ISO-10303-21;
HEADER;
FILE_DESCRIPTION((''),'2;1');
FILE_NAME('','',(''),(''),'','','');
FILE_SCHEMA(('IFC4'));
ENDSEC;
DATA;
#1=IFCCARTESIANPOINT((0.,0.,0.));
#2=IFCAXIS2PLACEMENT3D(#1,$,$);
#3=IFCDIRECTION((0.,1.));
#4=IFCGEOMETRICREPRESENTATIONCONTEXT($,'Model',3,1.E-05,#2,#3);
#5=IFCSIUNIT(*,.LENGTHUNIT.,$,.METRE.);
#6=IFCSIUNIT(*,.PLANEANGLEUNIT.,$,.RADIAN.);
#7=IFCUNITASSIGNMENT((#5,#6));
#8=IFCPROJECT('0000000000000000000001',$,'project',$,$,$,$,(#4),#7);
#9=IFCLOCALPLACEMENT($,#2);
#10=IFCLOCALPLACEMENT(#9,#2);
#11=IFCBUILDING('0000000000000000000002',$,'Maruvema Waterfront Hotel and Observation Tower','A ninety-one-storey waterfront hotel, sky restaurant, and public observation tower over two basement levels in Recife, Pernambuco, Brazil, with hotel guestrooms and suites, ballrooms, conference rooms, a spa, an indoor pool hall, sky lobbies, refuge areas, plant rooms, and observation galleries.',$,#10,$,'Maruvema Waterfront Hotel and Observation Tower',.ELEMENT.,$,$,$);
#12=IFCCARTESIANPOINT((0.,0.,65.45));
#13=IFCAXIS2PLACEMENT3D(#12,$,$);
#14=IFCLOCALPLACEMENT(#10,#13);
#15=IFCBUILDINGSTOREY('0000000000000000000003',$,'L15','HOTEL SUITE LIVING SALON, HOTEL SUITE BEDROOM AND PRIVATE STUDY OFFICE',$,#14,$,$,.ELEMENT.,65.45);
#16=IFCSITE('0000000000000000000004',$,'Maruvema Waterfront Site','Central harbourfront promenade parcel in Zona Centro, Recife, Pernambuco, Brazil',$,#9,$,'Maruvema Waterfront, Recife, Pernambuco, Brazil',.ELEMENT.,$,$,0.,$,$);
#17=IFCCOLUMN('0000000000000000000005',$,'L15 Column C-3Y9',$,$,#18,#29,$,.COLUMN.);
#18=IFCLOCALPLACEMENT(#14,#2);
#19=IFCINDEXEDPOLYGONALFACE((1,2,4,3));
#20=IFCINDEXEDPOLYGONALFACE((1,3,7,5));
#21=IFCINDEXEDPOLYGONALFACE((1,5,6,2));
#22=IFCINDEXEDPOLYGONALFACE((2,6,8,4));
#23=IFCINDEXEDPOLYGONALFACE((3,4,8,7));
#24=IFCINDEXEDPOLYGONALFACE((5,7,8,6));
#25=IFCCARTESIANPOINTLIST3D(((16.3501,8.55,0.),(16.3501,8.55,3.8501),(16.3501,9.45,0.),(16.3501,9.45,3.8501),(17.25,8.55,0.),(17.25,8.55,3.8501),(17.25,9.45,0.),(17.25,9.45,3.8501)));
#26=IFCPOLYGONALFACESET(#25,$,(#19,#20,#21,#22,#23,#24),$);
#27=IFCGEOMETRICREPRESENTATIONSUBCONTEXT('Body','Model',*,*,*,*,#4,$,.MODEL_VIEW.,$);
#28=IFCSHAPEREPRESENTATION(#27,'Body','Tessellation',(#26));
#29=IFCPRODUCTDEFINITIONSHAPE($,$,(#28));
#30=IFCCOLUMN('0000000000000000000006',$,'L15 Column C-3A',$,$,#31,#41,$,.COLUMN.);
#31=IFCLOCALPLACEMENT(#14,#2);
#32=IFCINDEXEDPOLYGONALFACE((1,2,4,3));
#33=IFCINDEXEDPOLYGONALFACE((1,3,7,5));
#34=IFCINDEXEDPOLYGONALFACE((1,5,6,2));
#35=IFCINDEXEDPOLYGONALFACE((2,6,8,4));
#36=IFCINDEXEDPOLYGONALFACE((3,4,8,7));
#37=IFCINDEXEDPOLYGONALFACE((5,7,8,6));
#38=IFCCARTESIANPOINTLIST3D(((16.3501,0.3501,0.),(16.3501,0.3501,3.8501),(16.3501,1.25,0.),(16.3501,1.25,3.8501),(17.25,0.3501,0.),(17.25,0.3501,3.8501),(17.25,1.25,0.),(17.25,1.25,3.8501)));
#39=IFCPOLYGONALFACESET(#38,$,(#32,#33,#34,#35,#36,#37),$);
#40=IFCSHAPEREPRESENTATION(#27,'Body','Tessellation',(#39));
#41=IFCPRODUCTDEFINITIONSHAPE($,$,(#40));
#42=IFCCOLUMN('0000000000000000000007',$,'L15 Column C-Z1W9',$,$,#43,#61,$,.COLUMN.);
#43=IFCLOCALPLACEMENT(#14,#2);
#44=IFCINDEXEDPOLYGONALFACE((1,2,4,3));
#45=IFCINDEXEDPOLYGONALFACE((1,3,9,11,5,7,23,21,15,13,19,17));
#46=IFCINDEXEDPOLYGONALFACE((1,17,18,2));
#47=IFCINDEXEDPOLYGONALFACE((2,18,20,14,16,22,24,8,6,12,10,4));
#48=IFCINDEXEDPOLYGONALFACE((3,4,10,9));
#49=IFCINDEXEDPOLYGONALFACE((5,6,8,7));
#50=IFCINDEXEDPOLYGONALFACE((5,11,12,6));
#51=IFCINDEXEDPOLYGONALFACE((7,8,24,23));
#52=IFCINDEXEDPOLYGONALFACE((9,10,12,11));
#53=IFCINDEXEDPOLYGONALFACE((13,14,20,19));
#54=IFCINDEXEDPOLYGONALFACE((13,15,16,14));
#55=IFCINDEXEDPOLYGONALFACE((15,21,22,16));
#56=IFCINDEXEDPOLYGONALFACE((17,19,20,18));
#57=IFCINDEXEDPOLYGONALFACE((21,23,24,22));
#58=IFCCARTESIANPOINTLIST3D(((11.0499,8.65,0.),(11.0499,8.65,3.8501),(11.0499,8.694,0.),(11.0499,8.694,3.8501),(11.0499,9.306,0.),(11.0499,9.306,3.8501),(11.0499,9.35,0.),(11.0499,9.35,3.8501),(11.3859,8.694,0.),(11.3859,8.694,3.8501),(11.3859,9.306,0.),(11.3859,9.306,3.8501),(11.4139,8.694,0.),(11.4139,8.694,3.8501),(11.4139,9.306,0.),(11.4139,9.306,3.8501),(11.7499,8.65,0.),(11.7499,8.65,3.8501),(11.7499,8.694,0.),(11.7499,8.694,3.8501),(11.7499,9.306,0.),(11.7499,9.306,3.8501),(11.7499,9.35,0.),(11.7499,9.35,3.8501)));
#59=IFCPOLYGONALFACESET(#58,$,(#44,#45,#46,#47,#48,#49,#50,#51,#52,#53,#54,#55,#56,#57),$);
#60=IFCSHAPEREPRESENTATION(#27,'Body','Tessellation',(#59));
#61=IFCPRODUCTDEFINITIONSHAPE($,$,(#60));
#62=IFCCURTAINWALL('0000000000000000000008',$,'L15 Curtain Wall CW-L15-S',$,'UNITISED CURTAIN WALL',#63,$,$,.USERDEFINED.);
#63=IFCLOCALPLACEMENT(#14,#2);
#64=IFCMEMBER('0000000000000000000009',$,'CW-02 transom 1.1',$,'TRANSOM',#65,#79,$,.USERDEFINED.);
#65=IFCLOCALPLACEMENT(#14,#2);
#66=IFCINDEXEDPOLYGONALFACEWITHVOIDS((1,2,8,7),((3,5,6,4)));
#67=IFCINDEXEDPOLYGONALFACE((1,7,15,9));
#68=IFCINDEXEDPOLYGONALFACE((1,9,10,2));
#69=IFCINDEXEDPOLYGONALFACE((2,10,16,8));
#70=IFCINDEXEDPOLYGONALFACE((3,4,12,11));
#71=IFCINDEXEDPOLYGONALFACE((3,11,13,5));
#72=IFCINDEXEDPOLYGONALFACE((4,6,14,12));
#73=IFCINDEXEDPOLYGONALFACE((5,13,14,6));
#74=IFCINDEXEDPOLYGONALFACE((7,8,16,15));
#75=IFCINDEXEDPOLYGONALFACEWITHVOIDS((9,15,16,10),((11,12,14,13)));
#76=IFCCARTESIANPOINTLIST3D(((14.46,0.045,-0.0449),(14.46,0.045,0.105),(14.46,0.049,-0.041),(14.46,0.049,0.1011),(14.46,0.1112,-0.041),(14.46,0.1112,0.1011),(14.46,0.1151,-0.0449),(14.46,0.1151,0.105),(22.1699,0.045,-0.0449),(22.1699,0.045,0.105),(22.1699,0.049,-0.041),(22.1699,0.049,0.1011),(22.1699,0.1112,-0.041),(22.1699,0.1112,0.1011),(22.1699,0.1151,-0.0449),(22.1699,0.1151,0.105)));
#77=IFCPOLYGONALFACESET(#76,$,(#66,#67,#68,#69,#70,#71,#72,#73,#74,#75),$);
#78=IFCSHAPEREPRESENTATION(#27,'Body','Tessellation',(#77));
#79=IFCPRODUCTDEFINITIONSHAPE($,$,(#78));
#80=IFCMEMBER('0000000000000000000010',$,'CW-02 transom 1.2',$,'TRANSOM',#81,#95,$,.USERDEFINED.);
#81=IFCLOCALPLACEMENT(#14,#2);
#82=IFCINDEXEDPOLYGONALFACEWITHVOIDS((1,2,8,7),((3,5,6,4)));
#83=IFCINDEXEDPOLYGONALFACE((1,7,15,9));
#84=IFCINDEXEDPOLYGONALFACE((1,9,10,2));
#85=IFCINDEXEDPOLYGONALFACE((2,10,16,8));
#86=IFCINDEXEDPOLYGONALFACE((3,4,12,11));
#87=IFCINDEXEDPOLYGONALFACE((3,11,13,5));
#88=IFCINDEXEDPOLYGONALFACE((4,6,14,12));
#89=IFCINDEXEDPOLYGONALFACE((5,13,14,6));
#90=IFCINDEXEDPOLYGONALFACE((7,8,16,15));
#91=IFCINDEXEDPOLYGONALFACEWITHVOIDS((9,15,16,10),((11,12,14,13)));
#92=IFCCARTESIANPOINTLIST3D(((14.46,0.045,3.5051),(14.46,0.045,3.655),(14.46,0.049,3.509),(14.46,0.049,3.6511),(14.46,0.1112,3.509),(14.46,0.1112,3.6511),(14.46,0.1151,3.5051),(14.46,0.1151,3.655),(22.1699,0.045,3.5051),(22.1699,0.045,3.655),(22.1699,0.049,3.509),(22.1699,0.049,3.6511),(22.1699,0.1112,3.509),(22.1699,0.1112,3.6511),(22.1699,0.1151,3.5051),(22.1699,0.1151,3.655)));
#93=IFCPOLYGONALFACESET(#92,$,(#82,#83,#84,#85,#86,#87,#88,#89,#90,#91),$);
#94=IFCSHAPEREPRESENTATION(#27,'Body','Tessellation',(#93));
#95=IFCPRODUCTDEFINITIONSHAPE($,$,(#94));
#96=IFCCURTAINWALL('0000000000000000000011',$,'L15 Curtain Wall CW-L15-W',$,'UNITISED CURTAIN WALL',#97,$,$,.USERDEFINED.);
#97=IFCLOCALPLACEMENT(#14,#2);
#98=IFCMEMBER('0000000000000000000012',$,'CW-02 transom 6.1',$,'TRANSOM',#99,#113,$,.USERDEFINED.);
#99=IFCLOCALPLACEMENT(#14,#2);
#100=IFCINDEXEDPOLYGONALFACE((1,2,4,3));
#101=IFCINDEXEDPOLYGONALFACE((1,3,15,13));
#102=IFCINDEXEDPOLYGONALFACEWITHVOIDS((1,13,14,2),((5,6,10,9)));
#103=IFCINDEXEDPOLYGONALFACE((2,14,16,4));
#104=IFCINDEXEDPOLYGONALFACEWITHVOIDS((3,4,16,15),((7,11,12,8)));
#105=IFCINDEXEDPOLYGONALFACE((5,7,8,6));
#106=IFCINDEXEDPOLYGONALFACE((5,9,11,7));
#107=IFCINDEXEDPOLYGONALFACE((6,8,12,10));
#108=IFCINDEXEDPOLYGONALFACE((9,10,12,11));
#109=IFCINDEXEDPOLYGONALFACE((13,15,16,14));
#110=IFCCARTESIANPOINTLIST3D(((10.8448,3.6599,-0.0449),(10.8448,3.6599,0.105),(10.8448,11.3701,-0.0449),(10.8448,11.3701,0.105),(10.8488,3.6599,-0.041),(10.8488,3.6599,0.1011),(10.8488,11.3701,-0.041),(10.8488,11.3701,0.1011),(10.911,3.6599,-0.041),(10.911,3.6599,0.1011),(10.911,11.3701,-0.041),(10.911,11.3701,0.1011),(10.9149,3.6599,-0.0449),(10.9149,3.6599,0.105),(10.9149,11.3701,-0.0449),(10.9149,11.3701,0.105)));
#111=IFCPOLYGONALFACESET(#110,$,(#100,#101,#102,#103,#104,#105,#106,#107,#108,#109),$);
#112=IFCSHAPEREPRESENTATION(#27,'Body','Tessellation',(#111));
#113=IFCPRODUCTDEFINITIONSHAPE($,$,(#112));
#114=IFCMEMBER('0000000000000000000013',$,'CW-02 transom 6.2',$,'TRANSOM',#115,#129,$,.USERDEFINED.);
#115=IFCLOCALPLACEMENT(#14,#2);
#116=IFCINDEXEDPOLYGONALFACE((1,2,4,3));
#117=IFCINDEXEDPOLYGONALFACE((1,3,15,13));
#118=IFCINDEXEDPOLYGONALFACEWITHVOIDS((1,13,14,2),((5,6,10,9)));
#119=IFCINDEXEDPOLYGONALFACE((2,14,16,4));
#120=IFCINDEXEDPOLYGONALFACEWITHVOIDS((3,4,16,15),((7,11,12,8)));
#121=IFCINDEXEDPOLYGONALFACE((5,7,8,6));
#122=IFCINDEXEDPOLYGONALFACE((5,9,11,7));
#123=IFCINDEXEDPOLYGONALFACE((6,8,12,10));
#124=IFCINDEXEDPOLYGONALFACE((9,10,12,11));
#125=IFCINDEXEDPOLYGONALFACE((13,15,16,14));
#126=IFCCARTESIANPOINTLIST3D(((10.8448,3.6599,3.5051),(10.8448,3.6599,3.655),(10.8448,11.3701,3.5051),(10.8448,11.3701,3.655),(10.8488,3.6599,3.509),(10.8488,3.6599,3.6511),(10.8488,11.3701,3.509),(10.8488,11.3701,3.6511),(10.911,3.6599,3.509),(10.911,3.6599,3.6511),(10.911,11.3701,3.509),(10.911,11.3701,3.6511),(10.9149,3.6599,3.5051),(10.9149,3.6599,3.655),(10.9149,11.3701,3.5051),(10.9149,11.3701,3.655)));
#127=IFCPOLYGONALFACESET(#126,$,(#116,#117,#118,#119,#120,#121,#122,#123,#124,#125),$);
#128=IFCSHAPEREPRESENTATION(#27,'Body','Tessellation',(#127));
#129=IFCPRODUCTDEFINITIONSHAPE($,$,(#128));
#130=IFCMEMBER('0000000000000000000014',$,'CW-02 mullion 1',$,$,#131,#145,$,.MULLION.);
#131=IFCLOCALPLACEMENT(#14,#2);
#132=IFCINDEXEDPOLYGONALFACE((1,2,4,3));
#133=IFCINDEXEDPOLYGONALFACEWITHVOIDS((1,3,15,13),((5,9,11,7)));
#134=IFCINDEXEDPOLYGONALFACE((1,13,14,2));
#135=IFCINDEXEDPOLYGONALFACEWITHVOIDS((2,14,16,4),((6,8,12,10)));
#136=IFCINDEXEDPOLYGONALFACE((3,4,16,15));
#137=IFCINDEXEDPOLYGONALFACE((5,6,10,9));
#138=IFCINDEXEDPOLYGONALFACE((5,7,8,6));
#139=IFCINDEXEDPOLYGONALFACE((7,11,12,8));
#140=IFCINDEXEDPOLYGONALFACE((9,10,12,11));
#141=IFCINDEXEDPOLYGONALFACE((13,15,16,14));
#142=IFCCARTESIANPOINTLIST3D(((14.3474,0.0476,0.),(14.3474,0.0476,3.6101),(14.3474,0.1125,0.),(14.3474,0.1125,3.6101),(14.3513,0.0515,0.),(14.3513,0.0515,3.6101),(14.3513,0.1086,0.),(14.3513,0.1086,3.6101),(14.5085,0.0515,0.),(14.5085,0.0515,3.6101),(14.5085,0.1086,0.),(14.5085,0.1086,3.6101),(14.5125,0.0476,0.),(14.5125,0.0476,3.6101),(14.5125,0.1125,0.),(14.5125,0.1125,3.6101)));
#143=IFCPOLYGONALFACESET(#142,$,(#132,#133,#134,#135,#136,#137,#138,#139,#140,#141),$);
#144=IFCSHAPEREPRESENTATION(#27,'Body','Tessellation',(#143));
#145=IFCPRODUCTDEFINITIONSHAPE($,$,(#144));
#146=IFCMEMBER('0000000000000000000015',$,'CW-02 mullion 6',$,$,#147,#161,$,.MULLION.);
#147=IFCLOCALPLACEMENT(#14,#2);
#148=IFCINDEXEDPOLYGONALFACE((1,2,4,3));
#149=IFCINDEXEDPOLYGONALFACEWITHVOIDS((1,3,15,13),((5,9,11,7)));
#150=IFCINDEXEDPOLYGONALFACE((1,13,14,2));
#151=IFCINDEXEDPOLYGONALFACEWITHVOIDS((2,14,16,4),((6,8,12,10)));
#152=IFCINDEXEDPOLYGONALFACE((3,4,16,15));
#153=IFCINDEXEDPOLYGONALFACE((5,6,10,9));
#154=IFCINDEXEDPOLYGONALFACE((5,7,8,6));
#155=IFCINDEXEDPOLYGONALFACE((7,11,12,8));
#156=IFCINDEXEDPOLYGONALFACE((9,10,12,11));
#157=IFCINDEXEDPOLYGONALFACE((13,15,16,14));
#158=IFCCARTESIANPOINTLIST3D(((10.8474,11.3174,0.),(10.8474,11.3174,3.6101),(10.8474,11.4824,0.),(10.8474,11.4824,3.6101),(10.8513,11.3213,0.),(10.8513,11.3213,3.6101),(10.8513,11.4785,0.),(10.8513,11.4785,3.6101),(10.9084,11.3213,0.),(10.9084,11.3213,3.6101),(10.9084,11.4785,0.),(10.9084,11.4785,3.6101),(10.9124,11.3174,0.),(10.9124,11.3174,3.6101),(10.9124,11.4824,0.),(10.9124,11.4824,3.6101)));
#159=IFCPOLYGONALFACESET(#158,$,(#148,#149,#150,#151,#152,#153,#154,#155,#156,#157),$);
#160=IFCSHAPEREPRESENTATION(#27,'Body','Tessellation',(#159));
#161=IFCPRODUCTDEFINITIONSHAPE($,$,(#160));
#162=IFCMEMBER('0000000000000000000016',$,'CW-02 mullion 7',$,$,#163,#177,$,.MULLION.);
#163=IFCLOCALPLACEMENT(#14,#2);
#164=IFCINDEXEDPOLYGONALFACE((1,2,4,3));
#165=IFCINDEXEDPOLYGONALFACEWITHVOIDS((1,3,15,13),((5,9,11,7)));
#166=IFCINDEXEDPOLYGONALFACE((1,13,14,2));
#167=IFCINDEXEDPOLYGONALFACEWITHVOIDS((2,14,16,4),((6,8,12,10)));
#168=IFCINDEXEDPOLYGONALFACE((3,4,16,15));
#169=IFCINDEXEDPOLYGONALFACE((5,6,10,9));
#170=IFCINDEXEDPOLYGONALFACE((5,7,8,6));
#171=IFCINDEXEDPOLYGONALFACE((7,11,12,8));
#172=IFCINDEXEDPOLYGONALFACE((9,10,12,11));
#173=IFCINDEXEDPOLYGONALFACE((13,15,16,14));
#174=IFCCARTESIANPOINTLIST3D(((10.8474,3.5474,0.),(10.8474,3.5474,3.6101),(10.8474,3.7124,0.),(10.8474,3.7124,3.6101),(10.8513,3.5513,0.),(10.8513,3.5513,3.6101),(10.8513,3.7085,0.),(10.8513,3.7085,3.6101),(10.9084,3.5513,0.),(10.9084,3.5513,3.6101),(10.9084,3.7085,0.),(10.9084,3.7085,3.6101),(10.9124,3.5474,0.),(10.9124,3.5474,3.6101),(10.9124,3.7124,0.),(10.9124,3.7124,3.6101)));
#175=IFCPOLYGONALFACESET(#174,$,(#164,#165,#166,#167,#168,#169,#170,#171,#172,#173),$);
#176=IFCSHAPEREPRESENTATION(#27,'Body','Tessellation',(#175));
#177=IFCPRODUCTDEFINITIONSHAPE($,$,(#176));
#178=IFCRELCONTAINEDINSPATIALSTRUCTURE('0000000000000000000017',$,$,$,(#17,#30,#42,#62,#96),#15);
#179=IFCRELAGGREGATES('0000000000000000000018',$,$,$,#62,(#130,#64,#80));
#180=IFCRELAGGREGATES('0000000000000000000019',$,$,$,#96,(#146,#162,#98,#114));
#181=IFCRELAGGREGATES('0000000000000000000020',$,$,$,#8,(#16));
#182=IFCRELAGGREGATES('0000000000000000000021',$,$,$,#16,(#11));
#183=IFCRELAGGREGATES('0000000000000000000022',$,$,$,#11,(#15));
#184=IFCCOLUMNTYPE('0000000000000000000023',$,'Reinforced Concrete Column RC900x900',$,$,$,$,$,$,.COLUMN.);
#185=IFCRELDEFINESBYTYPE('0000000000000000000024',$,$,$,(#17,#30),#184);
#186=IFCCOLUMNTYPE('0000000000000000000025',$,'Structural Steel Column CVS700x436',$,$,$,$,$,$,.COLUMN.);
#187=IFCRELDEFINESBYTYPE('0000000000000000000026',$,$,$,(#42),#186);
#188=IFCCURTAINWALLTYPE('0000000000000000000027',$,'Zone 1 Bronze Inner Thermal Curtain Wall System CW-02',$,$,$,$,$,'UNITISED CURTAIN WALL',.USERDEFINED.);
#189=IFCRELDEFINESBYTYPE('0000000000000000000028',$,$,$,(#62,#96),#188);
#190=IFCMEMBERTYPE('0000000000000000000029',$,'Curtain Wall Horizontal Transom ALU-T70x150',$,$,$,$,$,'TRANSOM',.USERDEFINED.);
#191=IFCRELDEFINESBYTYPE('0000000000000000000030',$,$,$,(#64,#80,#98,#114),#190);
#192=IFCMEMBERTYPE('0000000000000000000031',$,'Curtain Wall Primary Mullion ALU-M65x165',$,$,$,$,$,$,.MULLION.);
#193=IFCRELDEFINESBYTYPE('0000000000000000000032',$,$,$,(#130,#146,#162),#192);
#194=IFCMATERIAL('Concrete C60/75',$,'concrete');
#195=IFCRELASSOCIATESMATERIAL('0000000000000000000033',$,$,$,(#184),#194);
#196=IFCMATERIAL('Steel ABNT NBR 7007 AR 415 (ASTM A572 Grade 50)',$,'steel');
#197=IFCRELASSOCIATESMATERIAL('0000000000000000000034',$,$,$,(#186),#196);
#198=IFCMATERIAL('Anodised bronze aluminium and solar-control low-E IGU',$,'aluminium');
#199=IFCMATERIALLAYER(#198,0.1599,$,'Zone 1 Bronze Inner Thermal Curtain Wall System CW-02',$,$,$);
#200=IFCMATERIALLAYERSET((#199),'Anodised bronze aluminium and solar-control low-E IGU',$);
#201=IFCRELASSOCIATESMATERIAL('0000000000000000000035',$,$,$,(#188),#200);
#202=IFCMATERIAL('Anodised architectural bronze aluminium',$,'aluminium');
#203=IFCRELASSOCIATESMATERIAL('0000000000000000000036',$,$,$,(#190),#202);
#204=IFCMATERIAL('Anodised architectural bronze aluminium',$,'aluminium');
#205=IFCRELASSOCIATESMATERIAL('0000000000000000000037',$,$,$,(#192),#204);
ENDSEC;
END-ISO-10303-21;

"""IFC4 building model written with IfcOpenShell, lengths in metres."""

from ifc_helpers import new_model, si_unit, direction, frame, origin, origin_2d, place, context, subcontext, project, spatial, rectangle, hollow_rectangle, i_section, extrude, material, layer, layer_set, material_profile, profile_set, type_object, element, aggregate, save


model = new_model("IFC4")

# Units and contexts
model_context = context("Model", 3, precision=1e-05, world=origin(), true_north=direction((0.0, 1.0)))
body_context = subcontext(model_context, "Body", "Model", "MODEL_VIEW")
ifc_project = project(units=[si_unit("LENGTHUNIT", "METRE"), si_unit("PLANEANGLEUNIT", "RADIAN")], contexts=[model_context])

# Site, building, storey
site_placement = place(None, origin())
site = spatial("IfcSite", under=ifc_project, at=site_placement, Name="Maruvema Waterfront Site", Description="Central harbourfront promenade parcel in Zona Centro, Recife, Pernambuco, Brazil", LongName="Maruvema Waterfront, Recife, Pernambuco, Brazil", CompositionType="ELEMENT", RefElevation=0.0)
building_placement = place(site_placement, origin())
building = spatial("IfcBuilding", under=site, at=building_placement, Name="Maruvema Waterfront Hotel and Observation Tower", Description="A ninety-one-storey waterfront hotel, sky restaurant, and public observation tower over two basement levels in Recife, Pernambuco, Brazil, with hotel guestrooms and suites, ballrooms, conference rooms, a spa, an indoor pool hall, sky lobbies, refuge areas, plant rooms, and observation galleries.", LongName="Maruvema Waterfront Hotel and Observation Tower", CompositionType="ELEMENT")
storey_placement = place(building_placement, frame((0.0, 0.0, 65.45)))
storey = spatial("IfcBuildingStorey", under=building, at=storey_placement, Name="L15", Description="HOTEL SUITE LIVING SALON, HOTEL SUITE BEDROOM AND PRIVATE STUDY OFFICE", CompositionType="ELEMENT", Elevation=65.45)

# Columns
ifc_material_1 = material(Name="Concrete C60/75", Category="concrete")
ifc_material_profile_1 = material_profile(ifc_material_1, rectangle(XDim=0.8999, YDim=0.8999, at=origin_2d()), Name="RC900x900")
ifc_profile_set_1 = profile_set([ifc_material_profile_1], Name="Concrete C60/75")
column_type_1 = type_object("IfcColumnType", Name="Reinforced Concrete Column RC900x900", PredefinedType="COLUMN", material=ifc_profile_set_1)
for number, where, z_axis, x_axis, name in (
    (1, (16.8, 9.0, 0.0), (0.0, 0.0, 1.0), (1.0, 0.0, 0.0), "L15 Column C-3Y9"),
    (2, (16.8, 0.8, 0.0), (0.0, 0.0, 1.0), (1.0, 0.0, 0.0), "L15 Column C-3A"),
):
    element("IfcColumn", number, at=place(storey_placement, frame(where, z_axis=z_axis, x_axis=x_axis)), inside=storey, type_object=column_type_1, Name=name, PredefinedType="COLUMN", context=body_context, shape_type="SweptSolid", body=[
        extrude(rectangle(XDim=0.8999, YDim=0.8999, at=origin_2d()), origin(), (0.0, 0.0, 1.0), 3.8501),
    ])
ifc_material_2 = material(Name="Steel ABNT NBR 7007 AR 415 (ASTM A572 Grade 50)", Category="steel")
ifc_material_profile_2 = material_profile(ifc_material_2, i_section(OverallWidth=0.7, OverallDepth=0.7, WebThickness=0.0281, FlangeThickness=0.0439, at=origin_2d()), Name="CVS700x436")
ifc_profile_set_2 = profile_set([ifc_material_profile_2], Name="Steel ABNT NBR 7007 AR 415 (ASTM A572 Grade 50)")
column_type_2 = type_object("IfcColumnType", Name="Structural Steel Column CVS700x436", PredefinedType="COLUMN", material=ifc_profile_set_2)
column_placement = place(storey_placement, frame((11.3999, 9.0, 0.0), z_axis=(0.0, 0.0, 1.0), x_axis=(1.0, 0.0, 0.0)))
element("IfcColumn", 3, at=column_placement, inside=storey, type_object=column_type_2, Name="L15 Column C-Z1W9", PredefinedType="COLUMN", context=body_context, shape_type="SweptSolid", body=[
    extrude(i_section(OverallWidth=0.7, OverallDepth=0.7, WebThickness=0.0281, FlangeThickness=0.0439, at=origin_2d()), origin(), (0.0, 0.0, 1.0), 3.8501),
])

# Curtain walls, members
ifc_material_3 = material(Name="Anodised bronze aluminium and solar-control low-E IGU", Category="aluminium")
ifc_layer_1 = layer(ifc_material_3, 0.1599, Name="Zone 1 Bronze Inner Thermal Curtain Wall System CW-02")
ifc_layer_set_1 = layer_set([ifc_layer_1], Name="Anodised bronze aluminium and solar-control low-E IGU")
curtain_wall_type = type_object("IfcCurtainWallType", Name="Zone 1 Bronze Inner Thermal Curtain Wall System CW-02", ElementType="UNITISED CURTAIN WALL", PredefinedType="USERDEFINED", material=ifc_layer_set_1)
curtain_wall_1_placement = place(storey_placement, origin())
curtain_wall_1 = element("IfcCurtainWall", 4, at=curtain_wall_1_placement, inside=storey, type_object=curtain_wall_type, Name="L15 Curtain Wall CW-L15-S", ObjectType="UNITISED CURTAIN WALL", PredefinedType="USERDEFINED")
ifc_material_4 = material(Name="Anodised architectural bronze aluminium", Category="aluminium")
ifc_material_profile_3 = material_profile(ifc_material_4, hollow_rectangle(XDim=0.0701, YDim=0.1499, WallThickness=0.0039, at=origin_2d()), Name="ALU-T70x150")
ifc_profile_set_3 = profile_set([ifc_material_profile_3], Name="Anodised architectural bronze aluminium")
member_type_1 = type_object("IfcMemberType", Name="Curtain Wall Horizontal Transom ALU-T70x150", ElementType="TRANSOM", PredefinedType="USERDEFINED", material=ifc_profile_set_3)
member_1_placement = place(storey_placement, frame((14.46, 0.0801, 0.03), z_axis=(1.0, 0.0, 0.0), x_axis=(0.0, 1.0, 0.0)))
member_1 = element("IfcMember", 5, at=member_1_placement, type_object=member_type_1, Name="CW-02 transom 1.1", ObjectType="TRANSOM", PredefinedType="USERDEFINED", context=body_context, shape_type="SweptSolid", body=[
    extrude(hollow_rectangle(XDim=0.0701, YDim=0.1499, WallThickness=0.0039, at=origin_2d()), origin(), (0.0, 0.0, 1.0), 7.71),
])
member_2_placement = place(storey_placement, frame((14.46, 0.0801, 3.5801), z_axis=(1.0, 0.0, 0.0), x_axis=(0.0, 1.0, 0.0)))
member_2 = element("IfcMember", 6, at=member_2_placement, type_object=member_type_1, Name="CW-02 transom 1.2", ObjectType="TRANSOM", PredefinedType="USERDEFINED", context=body_context, shape_type="SweptSolid", body=[
    extrude(hollow_rectangle(XDim=0.0701, YDim=0.1499, WallThickness=0.0039, at=origin_2d()), origin(), (0.0, 0.0, 1.0), 7.71),
])
curtain_wall_2_placement = place(storey_placement, origin())
curtain_wall_2 = element("IfcCurtainWall", 7, at=curtain_wall_2_placement, inside=storey, type_object=curtain_wall_type, Name="L15 Curtain Wall CW-L15-W", ObjectType="UNITISED CURTAIN WALL", PredefinedType="USERDEFINED")
member_3_placement = place(storey_placement, frame((10.8799, 11.3701, 0.03), z_axis=(0.0, -1.0, 0.0), x_axis=(1.0, 0.0, 0.0)))
member_3 = element("IfcMember", 8, at=member_3_placement, type_object=member_type_1, Name="CW-02 transom 6.1", ObjectType="TRANSOM", PredefinedType="USERDEFINED", context=body_context, shape_type="SweptSolid", body=[
    extrude(hollow_rectangle(XDim=0.0701, YDim=0.1499, WallThickness=0.0039, at=origin_2d()), origin(), (0.0, 0.0, 1.0), 7.7102),
])
member_4_placement = place(storey_placement, frame((10.8799, 11.3701, 3.5801), z_axis=(0.0, -1.0, 0.0), x_axis=(1.0, 0.0, 0.0)))
member_4 = element("IfcMember", 9, at=member_4_placement, type_object=member_type_1, Name="CW-02 transom 6.2", ObjectType="TRANSOM", PredefinedType="USERDEFINED", context=body_context, shape_type="SweptSolid", body=[
    extrude(hollow_rectangle(XDim=0.0701, YDim=0.1499, WallThickness=0.0039, at=origin_2d()), origin(), (0.0, 0.0, 1.0), 7.7102),
])

# Members
ifc_material_5 = material(Name="Anodised architectural bronze aluminium", Category="aluminium")
ifc_material_profile_4 = material_profile(ifc_material_5, hollow_rectangle(XDim=0.0649, YDim=0.165, WallThickness=0.0039, at=origin_2d()), Name="ALU-M65x165")
ifc_profile_set_4 = profile_set([ifc_material_profile_4], Name="Anodised architectural bronze aluminium")
member_type_2 = type_object("IfcMemberType", Name="Curtain Wall Primary Mullion ALU-M65x165", PredefinedType="MULLION", material=ifc_profile_set_4)
member_5_placement = place(storey_placement, frame((14.4299, 0.0801, 0.0), z_axis=(0.0, 0.0, 1.0), x_axis=(0.0, 1.0, 0.0)))
member_5 = element("IfcMember", 10, at=member_5_placement, type_object=member_type_2, Name="CW-02 mullion 1", PredefinedType="MULLION", context=body_context, shape_type="SweptSolid", body=[
    extrude(hollow_rectangle(XDim=0.0649, YDim=0.165, WallThickness=0.0039, at=origin_2d()), origin(), (0.0, 0.0, 1.0), 3.6101),
])
member_6_placement = place(storey_placement, frame((10.8799, 11.3999, 0.0), z_axis=(0.0, 0.0, 1.0), x_axis=(1.0, 0.0, 0.0)))
member_6 = element("IfcMember", 11, at=member_6_placement, type_object=member_type_2, Name="CW-02 mullion 6", PredefinedType="MULLION", context=body_context, shape_type="SweptSolid", body=[
    extrude(hollow_rectangle(XDim=0.0649, YDim=0.165, WallThickness=0.0039, at=origin_2d()), origin(), (0.0, 0.0, 1.0), 3.6101),
])
member_7_placement = place(storey_placement, frame((10.8799, 3.6299, 0.0), z_axis=(0.0, 0.0, 1.0), x_axis=(1.0, 0.0, 0.0)))
member_7 = element("IfcMember", 12, at=member_7_placement, type_object=member_type_2, Name="CW-02 mullion 7", PredefinedType="MULLION", context=body_context, shape_type="SweptSolid", body=[
    extrude(hollow_rectangle(XDim=0.0649, YDim=0.165, WallThickness=0.0039, at=origin_2d()), origin(), (0.0, 0.0, 1.0), 3.6101),
])

aggregate(curtain_wall_1, [member_5, member_1, member_2])
aggregate(curtain_wall_2, [member_6, member_7, member_3, member_4])

save(model, "model.ifc")
